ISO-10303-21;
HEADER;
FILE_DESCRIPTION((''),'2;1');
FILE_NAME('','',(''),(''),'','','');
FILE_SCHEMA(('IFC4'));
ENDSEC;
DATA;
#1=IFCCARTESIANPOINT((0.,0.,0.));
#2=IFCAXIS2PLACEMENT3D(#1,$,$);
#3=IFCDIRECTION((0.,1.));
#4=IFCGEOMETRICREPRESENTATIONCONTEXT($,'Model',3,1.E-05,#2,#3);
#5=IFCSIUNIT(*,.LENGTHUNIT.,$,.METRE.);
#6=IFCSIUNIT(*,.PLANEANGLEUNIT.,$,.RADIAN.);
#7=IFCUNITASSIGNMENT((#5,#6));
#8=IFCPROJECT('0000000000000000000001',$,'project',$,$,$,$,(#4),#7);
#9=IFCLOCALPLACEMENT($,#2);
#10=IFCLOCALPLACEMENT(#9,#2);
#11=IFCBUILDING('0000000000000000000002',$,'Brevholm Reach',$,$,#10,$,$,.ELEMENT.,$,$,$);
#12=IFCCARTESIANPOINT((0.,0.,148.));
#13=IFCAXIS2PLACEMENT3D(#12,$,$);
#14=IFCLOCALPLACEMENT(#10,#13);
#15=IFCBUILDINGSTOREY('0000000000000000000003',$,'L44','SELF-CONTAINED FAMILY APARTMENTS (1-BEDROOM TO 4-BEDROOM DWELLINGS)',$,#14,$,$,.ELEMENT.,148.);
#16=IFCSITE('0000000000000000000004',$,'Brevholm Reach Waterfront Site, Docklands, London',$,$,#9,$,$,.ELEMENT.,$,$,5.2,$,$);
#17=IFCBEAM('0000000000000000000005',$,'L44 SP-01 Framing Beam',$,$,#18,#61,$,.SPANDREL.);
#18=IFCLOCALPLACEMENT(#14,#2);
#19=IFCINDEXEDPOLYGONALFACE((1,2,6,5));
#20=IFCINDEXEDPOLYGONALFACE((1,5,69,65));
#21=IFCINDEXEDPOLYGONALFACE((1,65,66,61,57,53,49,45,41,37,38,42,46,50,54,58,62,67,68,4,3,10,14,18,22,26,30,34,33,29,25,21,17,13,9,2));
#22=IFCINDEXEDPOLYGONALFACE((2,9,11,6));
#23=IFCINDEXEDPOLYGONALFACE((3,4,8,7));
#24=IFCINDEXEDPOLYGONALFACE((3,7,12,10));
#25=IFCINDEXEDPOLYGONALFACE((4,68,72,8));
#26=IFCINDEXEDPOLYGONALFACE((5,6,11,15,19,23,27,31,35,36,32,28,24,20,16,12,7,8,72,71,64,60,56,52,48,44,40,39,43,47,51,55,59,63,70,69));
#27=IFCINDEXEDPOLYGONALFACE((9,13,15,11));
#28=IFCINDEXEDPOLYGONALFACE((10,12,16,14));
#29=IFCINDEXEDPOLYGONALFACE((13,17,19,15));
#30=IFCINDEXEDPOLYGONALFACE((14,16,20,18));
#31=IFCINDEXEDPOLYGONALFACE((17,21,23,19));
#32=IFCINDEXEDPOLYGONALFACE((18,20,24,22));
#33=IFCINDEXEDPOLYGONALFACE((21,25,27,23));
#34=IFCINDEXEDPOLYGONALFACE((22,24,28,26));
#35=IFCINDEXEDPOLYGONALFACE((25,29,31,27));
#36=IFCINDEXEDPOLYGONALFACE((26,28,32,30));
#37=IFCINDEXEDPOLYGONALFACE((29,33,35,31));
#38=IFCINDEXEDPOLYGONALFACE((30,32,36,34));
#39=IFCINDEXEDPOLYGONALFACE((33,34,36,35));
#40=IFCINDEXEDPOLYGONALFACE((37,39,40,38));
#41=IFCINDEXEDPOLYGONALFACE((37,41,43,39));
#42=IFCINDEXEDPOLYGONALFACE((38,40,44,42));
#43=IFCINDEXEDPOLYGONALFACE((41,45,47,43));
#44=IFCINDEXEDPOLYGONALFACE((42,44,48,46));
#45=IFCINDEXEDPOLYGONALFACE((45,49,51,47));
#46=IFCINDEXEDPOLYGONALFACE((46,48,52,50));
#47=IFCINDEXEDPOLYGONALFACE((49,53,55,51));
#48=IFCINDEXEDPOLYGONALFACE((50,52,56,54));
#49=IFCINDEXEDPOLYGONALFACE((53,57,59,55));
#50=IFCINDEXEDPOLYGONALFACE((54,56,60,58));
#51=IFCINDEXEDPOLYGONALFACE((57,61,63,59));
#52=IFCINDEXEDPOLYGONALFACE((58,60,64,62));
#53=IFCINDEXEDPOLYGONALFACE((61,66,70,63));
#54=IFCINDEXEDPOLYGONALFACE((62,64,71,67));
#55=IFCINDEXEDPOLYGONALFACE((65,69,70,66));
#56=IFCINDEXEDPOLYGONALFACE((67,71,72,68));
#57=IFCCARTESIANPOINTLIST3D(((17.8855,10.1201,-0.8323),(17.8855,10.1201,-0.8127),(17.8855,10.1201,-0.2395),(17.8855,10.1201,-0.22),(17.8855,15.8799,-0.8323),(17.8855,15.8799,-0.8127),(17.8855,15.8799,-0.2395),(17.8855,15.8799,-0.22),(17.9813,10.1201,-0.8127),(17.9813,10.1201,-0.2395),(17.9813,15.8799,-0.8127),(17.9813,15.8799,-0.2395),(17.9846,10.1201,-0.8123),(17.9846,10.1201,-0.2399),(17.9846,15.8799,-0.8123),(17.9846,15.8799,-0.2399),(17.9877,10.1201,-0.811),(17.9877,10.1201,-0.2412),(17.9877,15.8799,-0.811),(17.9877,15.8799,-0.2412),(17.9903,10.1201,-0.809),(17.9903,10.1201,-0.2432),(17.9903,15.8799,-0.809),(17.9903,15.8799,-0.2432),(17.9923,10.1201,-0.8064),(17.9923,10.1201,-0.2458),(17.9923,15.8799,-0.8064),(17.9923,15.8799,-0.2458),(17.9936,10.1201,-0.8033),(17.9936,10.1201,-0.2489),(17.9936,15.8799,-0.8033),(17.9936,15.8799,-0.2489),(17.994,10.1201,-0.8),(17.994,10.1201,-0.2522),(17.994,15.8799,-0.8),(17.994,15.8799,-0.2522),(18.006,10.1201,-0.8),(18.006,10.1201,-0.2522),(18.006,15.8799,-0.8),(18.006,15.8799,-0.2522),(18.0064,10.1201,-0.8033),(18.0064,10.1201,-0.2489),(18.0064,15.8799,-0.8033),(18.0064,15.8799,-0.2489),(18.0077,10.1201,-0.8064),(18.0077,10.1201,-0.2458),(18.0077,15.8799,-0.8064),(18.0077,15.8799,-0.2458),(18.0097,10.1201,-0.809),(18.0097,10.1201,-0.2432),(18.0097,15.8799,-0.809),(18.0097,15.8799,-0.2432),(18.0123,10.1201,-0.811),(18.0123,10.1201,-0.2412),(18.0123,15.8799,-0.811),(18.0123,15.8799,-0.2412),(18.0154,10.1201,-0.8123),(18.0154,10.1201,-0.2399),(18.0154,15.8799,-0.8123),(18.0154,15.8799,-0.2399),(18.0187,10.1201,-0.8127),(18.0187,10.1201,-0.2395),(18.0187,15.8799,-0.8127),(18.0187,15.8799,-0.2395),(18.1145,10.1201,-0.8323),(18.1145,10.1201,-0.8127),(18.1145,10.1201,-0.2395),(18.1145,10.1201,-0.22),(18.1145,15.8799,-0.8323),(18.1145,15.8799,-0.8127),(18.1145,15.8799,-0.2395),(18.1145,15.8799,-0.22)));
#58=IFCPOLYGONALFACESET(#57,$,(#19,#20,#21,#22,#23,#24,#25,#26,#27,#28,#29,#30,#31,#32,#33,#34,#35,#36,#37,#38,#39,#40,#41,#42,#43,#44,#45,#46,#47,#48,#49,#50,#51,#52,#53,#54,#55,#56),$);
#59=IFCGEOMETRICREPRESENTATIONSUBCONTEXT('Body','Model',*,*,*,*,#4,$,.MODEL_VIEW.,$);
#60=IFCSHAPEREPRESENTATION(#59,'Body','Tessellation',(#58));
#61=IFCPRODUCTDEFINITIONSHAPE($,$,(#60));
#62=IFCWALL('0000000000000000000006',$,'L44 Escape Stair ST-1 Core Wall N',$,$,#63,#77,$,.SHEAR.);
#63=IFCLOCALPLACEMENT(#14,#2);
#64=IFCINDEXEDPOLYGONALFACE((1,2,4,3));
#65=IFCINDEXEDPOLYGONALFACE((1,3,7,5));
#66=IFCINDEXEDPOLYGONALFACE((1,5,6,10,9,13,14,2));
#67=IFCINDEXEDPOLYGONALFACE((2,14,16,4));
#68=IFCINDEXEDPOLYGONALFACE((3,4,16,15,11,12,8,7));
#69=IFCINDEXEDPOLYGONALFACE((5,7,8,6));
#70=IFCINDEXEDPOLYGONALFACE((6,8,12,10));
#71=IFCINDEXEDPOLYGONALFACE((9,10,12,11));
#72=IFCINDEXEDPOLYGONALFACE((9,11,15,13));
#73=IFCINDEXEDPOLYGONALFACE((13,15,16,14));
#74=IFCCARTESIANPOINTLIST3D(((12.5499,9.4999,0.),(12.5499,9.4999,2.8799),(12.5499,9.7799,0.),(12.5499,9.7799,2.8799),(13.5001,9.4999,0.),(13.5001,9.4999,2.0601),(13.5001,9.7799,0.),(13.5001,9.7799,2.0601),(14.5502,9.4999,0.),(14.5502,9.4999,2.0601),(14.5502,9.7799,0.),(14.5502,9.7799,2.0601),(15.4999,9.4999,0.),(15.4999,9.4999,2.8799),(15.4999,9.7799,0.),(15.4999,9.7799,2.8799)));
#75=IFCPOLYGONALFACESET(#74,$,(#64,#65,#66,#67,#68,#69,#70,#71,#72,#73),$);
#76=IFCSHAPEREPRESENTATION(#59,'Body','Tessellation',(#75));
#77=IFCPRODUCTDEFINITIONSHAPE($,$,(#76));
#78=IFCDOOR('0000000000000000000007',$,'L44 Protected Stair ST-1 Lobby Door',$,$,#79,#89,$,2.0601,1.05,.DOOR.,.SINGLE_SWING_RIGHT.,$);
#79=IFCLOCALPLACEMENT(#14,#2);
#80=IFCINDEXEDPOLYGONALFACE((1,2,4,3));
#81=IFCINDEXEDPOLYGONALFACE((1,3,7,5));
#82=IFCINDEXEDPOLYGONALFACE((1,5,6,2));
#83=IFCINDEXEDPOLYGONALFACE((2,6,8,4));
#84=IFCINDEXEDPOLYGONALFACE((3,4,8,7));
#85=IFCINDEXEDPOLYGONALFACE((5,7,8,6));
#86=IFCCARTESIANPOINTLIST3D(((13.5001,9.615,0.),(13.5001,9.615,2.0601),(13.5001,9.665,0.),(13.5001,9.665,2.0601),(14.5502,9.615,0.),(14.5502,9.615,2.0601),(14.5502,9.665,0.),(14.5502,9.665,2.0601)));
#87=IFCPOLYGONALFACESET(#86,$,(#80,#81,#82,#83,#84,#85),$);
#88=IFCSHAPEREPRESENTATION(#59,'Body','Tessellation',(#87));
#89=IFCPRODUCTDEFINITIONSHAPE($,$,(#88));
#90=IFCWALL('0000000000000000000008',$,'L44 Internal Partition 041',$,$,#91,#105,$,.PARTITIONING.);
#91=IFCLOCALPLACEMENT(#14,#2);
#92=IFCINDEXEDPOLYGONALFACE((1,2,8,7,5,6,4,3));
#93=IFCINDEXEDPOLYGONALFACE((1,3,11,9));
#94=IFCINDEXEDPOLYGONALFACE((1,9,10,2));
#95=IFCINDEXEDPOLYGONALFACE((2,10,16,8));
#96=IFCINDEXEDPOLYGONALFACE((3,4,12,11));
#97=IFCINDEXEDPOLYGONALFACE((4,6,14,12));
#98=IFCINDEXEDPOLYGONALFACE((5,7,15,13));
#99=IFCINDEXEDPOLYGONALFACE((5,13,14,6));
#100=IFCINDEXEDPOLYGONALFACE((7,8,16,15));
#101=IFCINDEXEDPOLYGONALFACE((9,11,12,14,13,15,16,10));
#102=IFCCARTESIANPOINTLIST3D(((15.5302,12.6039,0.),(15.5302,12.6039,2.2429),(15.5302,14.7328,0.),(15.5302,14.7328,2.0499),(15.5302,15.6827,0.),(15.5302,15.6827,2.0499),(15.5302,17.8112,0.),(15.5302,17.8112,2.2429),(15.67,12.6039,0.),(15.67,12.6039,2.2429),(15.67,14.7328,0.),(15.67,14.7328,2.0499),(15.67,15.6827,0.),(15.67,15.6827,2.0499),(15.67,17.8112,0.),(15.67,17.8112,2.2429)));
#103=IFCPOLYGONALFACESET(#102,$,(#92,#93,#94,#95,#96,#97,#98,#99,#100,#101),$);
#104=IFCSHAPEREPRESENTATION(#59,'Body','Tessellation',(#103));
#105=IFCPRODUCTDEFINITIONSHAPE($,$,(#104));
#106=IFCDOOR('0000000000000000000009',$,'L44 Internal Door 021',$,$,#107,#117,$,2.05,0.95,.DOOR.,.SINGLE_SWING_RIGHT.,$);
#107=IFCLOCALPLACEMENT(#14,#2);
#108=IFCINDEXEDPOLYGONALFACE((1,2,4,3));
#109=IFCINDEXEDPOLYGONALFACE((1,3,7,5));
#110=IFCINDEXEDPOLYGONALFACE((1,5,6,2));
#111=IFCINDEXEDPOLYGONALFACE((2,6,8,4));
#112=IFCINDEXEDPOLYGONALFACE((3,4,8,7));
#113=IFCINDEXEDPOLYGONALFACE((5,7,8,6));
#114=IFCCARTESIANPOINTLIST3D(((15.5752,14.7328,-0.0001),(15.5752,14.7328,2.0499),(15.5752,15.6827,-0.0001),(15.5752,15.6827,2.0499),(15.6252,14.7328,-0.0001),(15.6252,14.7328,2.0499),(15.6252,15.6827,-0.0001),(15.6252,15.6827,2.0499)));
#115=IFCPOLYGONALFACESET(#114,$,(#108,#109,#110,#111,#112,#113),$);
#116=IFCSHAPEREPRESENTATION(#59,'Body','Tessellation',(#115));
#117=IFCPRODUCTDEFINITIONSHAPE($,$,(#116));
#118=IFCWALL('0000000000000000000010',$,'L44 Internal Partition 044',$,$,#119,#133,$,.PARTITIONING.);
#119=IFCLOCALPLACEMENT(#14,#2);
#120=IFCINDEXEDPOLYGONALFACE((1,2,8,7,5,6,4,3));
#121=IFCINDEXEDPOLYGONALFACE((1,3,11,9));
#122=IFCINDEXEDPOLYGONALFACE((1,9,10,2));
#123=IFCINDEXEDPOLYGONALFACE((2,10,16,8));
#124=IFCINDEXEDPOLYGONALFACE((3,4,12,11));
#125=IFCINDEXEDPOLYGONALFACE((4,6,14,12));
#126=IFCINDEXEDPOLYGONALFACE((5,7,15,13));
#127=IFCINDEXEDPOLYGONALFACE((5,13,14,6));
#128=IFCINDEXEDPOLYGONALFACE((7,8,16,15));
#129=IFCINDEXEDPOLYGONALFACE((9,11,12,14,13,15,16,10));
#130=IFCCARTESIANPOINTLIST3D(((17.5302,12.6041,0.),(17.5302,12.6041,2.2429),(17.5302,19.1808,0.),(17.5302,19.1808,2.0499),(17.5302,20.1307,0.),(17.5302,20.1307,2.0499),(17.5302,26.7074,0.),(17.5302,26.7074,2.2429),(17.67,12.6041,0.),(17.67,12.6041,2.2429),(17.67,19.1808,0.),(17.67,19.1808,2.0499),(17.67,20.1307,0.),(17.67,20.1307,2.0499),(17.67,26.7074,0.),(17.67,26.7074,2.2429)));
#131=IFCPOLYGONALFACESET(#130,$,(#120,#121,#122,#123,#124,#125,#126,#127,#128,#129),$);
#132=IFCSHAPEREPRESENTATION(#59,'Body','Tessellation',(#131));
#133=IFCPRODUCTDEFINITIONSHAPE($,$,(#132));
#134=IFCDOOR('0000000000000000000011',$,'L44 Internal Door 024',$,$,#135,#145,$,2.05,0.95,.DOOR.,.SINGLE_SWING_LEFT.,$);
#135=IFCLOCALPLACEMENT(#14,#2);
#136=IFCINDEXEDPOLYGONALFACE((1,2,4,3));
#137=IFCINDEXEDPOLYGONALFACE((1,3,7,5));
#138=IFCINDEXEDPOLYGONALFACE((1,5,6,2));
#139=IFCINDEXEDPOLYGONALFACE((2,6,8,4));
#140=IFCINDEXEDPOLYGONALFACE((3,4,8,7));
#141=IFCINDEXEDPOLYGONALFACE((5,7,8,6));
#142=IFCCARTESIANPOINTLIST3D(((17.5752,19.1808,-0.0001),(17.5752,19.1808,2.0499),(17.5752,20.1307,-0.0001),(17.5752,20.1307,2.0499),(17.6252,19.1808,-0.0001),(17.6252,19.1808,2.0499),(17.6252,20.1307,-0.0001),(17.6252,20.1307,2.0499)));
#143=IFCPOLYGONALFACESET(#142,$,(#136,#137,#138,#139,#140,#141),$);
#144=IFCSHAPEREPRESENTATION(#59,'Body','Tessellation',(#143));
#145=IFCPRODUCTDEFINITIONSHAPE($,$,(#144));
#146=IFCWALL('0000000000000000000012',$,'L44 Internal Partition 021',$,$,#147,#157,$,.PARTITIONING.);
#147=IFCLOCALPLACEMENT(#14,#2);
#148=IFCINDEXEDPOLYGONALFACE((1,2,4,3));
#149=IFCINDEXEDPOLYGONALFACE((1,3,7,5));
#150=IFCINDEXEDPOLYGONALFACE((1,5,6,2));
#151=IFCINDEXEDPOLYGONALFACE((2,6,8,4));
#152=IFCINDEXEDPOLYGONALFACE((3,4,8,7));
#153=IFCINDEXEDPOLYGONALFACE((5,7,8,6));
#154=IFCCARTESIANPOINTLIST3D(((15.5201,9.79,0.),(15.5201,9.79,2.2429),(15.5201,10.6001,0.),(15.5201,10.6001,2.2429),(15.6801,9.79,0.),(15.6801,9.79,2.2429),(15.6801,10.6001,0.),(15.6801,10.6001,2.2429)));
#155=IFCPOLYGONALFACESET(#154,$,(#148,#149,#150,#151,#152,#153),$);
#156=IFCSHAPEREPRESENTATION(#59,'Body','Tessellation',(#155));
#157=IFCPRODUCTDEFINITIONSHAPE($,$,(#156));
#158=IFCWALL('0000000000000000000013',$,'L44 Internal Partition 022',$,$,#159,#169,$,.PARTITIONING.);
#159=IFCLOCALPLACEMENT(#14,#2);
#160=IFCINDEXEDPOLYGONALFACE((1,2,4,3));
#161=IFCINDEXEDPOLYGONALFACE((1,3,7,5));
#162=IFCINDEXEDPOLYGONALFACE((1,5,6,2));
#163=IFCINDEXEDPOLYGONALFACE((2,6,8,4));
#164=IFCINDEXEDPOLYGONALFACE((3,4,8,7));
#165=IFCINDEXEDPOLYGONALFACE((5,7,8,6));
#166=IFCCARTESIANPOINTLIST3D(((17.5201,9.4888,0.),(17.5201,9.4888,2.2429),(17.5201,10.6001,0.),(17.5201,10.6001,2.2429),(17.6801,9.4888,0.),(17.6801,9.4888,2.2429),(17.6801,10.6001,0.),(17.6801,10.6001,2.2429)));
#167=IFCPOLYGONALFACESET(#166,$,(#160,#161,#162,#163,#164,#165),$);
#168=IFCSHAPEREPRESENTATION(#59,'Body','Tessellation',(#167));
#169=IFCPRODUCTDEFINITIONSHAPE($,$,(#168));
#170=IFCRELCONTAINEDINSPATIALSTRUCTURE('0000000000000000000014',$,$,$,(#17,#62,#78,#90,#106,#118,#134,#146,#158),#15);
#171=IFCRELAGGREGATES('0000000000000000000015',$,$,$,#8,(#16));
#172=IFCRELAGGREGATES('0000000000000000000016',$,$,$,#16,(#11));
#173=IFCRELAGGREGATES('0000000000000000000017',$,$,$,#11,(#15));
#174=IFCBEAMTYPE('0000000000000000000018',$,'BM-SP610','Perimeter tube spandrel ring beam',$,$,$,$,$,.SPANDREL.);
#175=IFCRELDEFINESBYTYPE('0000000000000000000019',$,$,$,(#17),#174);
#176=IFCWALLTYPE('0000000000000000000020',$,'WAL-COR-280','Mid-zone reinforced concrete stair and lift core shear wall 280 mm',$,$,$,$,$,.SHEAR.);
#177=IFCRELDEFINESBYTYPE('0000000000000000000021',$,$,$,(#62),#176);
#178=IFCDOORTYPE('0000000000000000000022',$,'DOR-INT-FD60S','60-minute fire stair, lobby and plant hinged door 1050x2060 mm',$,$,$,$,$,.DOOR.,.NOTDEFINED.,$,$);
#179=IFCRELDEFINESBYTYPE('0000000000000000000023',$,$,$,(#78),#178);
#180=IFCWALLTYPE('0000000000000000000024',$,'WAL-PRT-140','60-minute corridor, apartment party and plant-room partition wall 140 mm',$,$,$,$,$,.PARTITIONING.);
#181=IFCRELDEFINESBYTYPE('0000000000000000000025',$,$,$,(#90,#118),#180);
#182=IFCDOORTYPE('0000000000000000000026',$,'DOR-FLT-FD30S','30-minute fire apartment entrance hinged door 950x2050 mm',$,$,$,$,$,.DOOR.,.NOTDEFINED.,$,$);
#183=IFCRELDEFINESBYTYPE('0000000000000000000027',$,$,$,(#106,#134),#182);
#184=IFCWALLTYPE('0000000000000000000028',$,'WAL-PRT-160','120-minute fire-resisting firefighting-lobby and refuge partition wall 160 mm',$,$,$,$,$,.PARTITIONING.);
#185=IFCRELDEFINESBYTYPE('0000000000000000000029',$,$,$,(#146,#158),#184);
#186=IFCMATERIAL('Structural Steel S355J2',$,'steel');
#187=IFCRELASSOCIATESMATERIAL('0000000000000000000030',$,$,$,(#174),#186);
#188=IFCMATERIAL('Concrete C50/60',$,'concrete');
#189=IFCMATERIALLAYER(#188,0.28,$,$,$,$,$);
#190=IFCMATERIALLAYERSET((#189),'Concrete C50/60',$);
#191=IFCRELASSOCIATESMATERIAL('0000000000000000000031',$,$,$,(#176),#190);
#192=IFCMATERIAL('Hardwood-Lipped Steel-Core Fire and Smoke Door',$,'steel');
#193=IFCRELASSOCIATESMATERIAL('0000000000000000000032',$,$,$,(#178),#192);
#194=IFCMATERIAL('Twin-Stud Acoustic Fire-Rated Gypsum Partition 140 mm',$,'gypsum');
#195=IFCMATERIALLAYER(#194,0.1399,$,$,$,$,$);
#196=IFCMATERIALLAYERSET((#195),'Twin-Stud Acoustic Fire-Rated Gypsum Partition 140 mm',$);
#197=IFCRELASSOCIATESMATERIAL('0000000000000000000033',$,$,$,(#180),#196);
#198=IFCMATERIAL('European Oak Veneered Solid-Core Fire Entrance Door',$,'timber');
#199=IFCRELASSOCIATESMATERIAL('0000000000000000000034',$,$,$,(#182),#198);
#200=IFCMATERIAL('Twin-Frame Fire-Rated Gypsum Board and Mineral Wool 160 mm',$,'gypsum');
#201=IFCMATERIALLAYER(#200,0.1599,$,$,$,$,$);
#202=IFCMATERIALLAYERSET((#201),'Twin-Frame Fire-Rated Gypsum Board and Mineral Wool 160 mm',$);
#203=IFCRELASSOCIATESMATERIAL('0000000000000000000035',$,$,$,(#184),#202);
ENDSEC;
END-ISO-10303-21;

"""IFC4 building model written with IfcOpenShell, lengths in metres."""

from ifc_helpers import new_model, si_unit, direction, frame, frame_2d, origin, origin_2d, place, context, subcontext, project, spatial, rectangle, i_section, extrude, material, layer, layer_set, material_profile, profile_set, type_object, element, fill, save


model = new_model("IFC4")

# Units and contexts
model_context = context("Model", 3, precision=1e-05, world=origin(), true_north=direction((0.0, 1.0)))
body_context = subcontext(model_context, "Body", "Model", "MODEL_VIEW")
ifc_project = project(units=[si_unit("LENGTHUNIT", "METRE"), si_unit("PLANEANGLEUNIT", "RADIAN")], contexts=[model_context])

# Site, building, storey
site_placement = place(None, origin())
site = spatial("IfcSite", under=ifc_project, at=site_placement, Name="Brevholm Reach Waterfront Site, Docklands, London", CompositionType="ELEMENT", RefElevation=5.2)
building_placement = place(site_placement, origin())
building = spatial("IfcBuilding", under=site, at=building_placement, Name="Brevholm Reach", CompositionType="ELEMENT")
storey_placement = place(building_placement, frame((0.0, 0.0, 148.0)))
storey = spatial("IfcBuildingStorey", under=building, at=storey_placement, Name="L44", Description="SELF-CONTAINED FAMILY APARTMENTS (1-BEDROOM TO 4-BEDROOM DWELLINGS)", CompositionType="ELEMENT", Elevation=148.0)

# Beam
ifc_material_1 = material(Name="Structural Steel S355J2", Category="steel")
ifc_material_profile_1 = material_profile(ifc_material_1, i_section(OverallWidth=0.229, OverallDepth=0.6123, WebThickness=0.012, FlangeThickness=0.0195, FilletRadius=0.0127, at=origin_2d()), Name="UKB 610x229x125")
ifc_profile_set_1 = profile_set([ifc_material_profile_1], Name="Structural Steel S355J2")
beam_type = type_object("IfcBeamType", Name="BM-SP610", Description="Perimeter tube spandrel ring beam", PredefinedType="SPANDREL", material=ifc_profile_set_1)
for number, where, z_axis, x_axis, name in (
    (1, (18.0, 10.1201, -0.5261), (0.0, 1.0, 0.0), (-1.0, 0.0, 0.0), "L44 SP-01 Framing Beam"),
):
    element("IfcBeam", number, at=place(storey_placement, frame(where, z_axis=z_axis, x_axis=x_axis)), inside=storey, type_object=beam_type, Name=name, PredefinedType="SPANDREL", context=body_context, shape_type="SweptSolid", body=[
        extrude(i_section(OverallWidth=0.229, OverallDepth=0.6123, WebThickness=0.012, FlangeThickness=0.0195, FilletRadius=0.0127, at=origin_2d()), origin(), (0.0, 0.0, 1.0), 5.7598),
    ])

# Walls, openings, doors
ifc_material_2 = material(Name="Concrete C50/60", Category="concrete")
ifc_layer_1 = layer(ifc_material_2, 0.28)
ifc_layer_set_1 = layer_set([ifc_layer_1], Name="Concrete C50/60")
wall_type_1 = type_object("IfcWallType", Name="WAL-COR-280", Description="Mid-zone reinforced concrete stair and lift core shear wall 280 mm", PredefinedType="SHEAR", material=ifc_layer_set_1)
wall_1_placement = place(storey_placement, frame((15.5, 9.6399, 0.0), z_axis=(0.0, 0.0, 1.0), x_axis=(-1.0, 0.0, 0.0)))
wall_1 = element("IfcWall", 2, at=wall_1_placement, inside=storey, type_object=wall_type_1, Name="L44 Escape Stair ST-1 Core Wall N", PredefinedType="SHEAR", context=body_context, shape_type="SweptSolid", body=[
    extrude(rectangle(XDim=2.95, YDim=0.28, at=frame_2d((1.4751, 0.0))), origin(), (0.0, 0.0, 1.0), 2.8799),
])
opening_1_placement = place(wall_1_placement, frame((0.95, 0.0, 0.0)))
opening_1 = element("IfcOpeningElement", 3, at=opening_1_placement, cuts=wall_1, PredefinedType="OPENING", context=body_context, shape_type="SweptSolid", body=[
    extrude(rectangle(XDim=1.05, YDim=2.0601, at=frame_2d((0.5249, 1.03))), frame((0.0, 0.1499, 0.0), z_axis=(0.0, -1.0, 0.0), x_axis=(1.0, 0.0, 0.0)), (0.0, 0.0, 1.0), 0.3),
])
ifc_material_3 = material(Name="Hardwood-Lipped Steel-Core Fire and Smoke Door", Category="steel")
door_type_1 = type_object("IfcDoorType", Name="DOR-INT-FD60S", Description="60-minute fire stair, lobby and plant hinged door 1050x2060 mm", OperationType="NOTDEFINED", PredefinedType="DOOR", material=ifc_material_3)
door_1_placement = place(opening_1_placement, origin())
door_1 = element("IfcDoor", 4, at=door_1_placement, inside=storey, type_object=door_type_1, Name="L44 Protected Stair ST-1 Lobby Door", OperationType="SINGLE_SWING_RIGHT", OverallHeight=2.0601, OverallWidth=1.05, PredefinedType="DOOR", context=body_context, shape_type="SweptSolid", body=[
    extrude(rectangle(XDim=1.05, YDim=2.0601, at=frame_2d((0.5249, 1.03))), frame((0.0, 0.0249, 0.0), z_axis=(0.0, -1.0, 0.0), x_axis=(1.0, 0.0, 0.0)), (0.0, 0.0, 1.0), 0.05),
])
fill(opening_1, door_1)
ifc_material_4 = material(Name="Twin-Stud Acoustic Fire-Rated Gypsum Partition 140 mm", Category="gypsum")
ifc_layer_2 = layer(ifc_material_4, 0.1399)
ifc_layer_set_2 = layer_set([ifc_layer_2], Name="Twin-Stud Acoustic Fire-Rated Gypsum Partition 140 mm")
wall_type_2 = type_object("IfcWallType", Name="WAL-PRT-140", Description="60-minute corridor, apartment party and plant-room partition wall 140 mm", PredefinedType="PARTITIONING", material=ifc_layer_set_2)
wall_2_placement = place(storey_placement, frame((15.6001, 12.604, 0.0), z_axis=(0.0, 0.0, 1.0), x_axis=(0.0, 1.0, 0.0)))
wall_2 = element("IfcWall", 5, at=wall_2_placement, inside=storey, type_object=wall_type_2, Name="L44 Internal Partition 041", PredefinedType="PARTITIONING", context=body_context, shape_type="SweptSolid", body=[
    extrude(rectangle(XDim=5.2073, YDim=0.1399, at=frame_2d((2.6035, 0.0))), origin(), (0.0, 0.0, 1.0), 2.2429),
])
opening_2_placement = place(wall_2_placement, frame((2.1287, 0.0, 0.0)))
opening_2 = element("IfcOpeningElement", 6, at=opening_2_placement, cuts=wall_2, PredefinedType="OPENING", context=body_context, shape_type="SweptSolid", body=[
    extrude(rectangle(XDim=0.95, YDim=2.05, at=frame_2d((0.4751, 1.0249))), frame((0.0, 0.0798, 0.0), z_axis=(0.0, -1.0, 0.0), x_axis=(1.0, 0.0, 0.0)), (0.0, 0.0, 1.0), 0.1599),
])
ifc_material_5 = material(Name="European Oak Veneered Solid-Core Fire Entrance Door", Category="timber")
door_type_2 = type_object("IfcDoorType", Name="DOR-FLT-FD30S", Description="30-minute fire apartment entrance hinged door 950x2050 mm", OperationType="NOTDEFINED", PredefinedType="DOOR", material=ifc_material_5)
door_2_placement = place(opening_2_placement, origin())
door_2 = element("IfcDoor", 7, at=door_2_placement, inside=storey, type_object=door_type_2, Name="L44 Internal Door 021", OperationType="SINGLE_SWING_RIGHT", OverallHeight=2.05, OverallWidth=0.95, PredefinedType="DOOR", context=body_context, shape_type="SweptSolid", body=[
    extrude(rectangle(XDim=0.95, YDim=2.05, at=frame_2d((0.4751, 1.0249))), frame((0.0, 0.0249, 0.0), z_axis=(0.0, -1.0, 0.0), x_axis=(1.0, 0.0, 0.0)), (0.0, 0.0, 1.0), 0.05),
])
fill(opening_2, door_2)
wall_3_placement = place(storey_placement, frame((17.6001, 12.604, 0.0), z_axis=(0.0, 0.0, 1.0), x_axis=(0.0, 1.0, 0.0)))
wall_3 = element("IfcWall", 8, at=wall_3_placement, inside=storey, type_object=wall_type_2, Name="L44 Internal Partition 044", PredefinedType="PARTITIONING", context=body_context, shape_type="SweptSolid", body=[
    extrude(rectangle(XDim=14.1033, YDim=0.1399, at=frame_2d((7.0518, 0.0))), origin(), (0.0, 0.0, 1.0), 2.2429),
])
opening_3_placement = place(wall_3_placement, frame((6.5767, 0.0, 0.0)))
opening_3 = element("IfcOpeningElement", 9, at=opening_3_placement, cuts=wall_3, PredefinedType="OPENING", context=body_context, shape_type="SweptSolid", body=[
    extrude(rectangle(XDim=0.95, YDim=2.05, at=frame_2d((0.4751, 1.0249))), frame((0.0, 0.0798, 0.0), z_axis=(0.0, -1.0, 0.0), x_axis=(1.0, 0.0, 0.0)), (0.0, 0.0, 1.0), 0.1599),
])
door_3_placement = place(opening_3_placement, origin())
door_3 = element("IfcDoor", 10, at=door_3_placement, inside=storey, type_object=door_type_2, Name="L44 Internal Door 024", OperationType="SINGLE_SWING_LEFT", OverallHeight=2.05, OverallWidth=0.95, PredefinedType="DOOR", context=body_context, shape_type="SweptSolid", body=[
    extrude(rectangle(XDim=0.95, YDim=2.05, at=frame_2d((0.4751, 1.0249))), frame((0.0, 0.0249, 0.0), z_axis=(0.0, -1.0, 0.0), x_axis=(1.0, 0.0, 0.0)), (0.0, 0.0, 1.0), 0.05),
])
fill(opening_3, door_3)

# Walls
ifc_material_6 = material(Name="Twin-Frame Fire-Rated Gypsum Board and Mineral Wool 160 mm", Category="gypsum")
ifc_layer_3 = layer(ifc_material_6, 0.1599)
ifc_layer_set_3 = layer_set([ifc_layer_3], Name="Twin-Frame Fire-Rated Gypsum Board and Mineral Wool 160 mm")
wall_type_3 = type_object("IfcWallType", Name="WAL-PRT-160", Description="120-minute fire-resisting firefighting-lobby and refuge partition wall 160 mm", PredefinedType="PARTITIONING", material=ifc_layer_set_3)
wall_4_placement = place(storey_placement, frame((15.6001, 9.79, 0.0), z_axis=(0.0, 0.0, 1.0), x_axis=(0.0, 1.0, 0.0)))
element("IfcWall", 11, at=wall_4_placement, inside=storey, type_object=wall_type_3, Name="L44 Internal Partition 021", PredefinedType="PARTITIONING", context=body_context, shape_type="SweptSolid", body=[
    extrude(rectangle(XDim=0.8101, YDim=0.1599, at=frame_2d((0.405, 0.0))), origin(), (0.0, 0.0, 1.0), 2.2429),
])
wall_5_placement = place(storey_placement, frame((17.6001, 9.4888, 0.0), z_axis=(0.0, 0.0, 1.0), x_axis=(0.0, 1.0, 0.0)))
element("IfcWall", 12, at=wall_5_placement, inside=storey, type_object=wall_type_3, Name="L44 Internal Partition 022", PredefinedType="PARTITIONING", context=body_context, shape_type="SweptSolid", body=[
    extrude(rectangle(XDim=1.1113, YDim=0.1599, at=frame_2d((0.5557, 0.0))), origin(), (0.0, 0.0, 1.0), 2.2429),
])

save(model, "model.ifc")
